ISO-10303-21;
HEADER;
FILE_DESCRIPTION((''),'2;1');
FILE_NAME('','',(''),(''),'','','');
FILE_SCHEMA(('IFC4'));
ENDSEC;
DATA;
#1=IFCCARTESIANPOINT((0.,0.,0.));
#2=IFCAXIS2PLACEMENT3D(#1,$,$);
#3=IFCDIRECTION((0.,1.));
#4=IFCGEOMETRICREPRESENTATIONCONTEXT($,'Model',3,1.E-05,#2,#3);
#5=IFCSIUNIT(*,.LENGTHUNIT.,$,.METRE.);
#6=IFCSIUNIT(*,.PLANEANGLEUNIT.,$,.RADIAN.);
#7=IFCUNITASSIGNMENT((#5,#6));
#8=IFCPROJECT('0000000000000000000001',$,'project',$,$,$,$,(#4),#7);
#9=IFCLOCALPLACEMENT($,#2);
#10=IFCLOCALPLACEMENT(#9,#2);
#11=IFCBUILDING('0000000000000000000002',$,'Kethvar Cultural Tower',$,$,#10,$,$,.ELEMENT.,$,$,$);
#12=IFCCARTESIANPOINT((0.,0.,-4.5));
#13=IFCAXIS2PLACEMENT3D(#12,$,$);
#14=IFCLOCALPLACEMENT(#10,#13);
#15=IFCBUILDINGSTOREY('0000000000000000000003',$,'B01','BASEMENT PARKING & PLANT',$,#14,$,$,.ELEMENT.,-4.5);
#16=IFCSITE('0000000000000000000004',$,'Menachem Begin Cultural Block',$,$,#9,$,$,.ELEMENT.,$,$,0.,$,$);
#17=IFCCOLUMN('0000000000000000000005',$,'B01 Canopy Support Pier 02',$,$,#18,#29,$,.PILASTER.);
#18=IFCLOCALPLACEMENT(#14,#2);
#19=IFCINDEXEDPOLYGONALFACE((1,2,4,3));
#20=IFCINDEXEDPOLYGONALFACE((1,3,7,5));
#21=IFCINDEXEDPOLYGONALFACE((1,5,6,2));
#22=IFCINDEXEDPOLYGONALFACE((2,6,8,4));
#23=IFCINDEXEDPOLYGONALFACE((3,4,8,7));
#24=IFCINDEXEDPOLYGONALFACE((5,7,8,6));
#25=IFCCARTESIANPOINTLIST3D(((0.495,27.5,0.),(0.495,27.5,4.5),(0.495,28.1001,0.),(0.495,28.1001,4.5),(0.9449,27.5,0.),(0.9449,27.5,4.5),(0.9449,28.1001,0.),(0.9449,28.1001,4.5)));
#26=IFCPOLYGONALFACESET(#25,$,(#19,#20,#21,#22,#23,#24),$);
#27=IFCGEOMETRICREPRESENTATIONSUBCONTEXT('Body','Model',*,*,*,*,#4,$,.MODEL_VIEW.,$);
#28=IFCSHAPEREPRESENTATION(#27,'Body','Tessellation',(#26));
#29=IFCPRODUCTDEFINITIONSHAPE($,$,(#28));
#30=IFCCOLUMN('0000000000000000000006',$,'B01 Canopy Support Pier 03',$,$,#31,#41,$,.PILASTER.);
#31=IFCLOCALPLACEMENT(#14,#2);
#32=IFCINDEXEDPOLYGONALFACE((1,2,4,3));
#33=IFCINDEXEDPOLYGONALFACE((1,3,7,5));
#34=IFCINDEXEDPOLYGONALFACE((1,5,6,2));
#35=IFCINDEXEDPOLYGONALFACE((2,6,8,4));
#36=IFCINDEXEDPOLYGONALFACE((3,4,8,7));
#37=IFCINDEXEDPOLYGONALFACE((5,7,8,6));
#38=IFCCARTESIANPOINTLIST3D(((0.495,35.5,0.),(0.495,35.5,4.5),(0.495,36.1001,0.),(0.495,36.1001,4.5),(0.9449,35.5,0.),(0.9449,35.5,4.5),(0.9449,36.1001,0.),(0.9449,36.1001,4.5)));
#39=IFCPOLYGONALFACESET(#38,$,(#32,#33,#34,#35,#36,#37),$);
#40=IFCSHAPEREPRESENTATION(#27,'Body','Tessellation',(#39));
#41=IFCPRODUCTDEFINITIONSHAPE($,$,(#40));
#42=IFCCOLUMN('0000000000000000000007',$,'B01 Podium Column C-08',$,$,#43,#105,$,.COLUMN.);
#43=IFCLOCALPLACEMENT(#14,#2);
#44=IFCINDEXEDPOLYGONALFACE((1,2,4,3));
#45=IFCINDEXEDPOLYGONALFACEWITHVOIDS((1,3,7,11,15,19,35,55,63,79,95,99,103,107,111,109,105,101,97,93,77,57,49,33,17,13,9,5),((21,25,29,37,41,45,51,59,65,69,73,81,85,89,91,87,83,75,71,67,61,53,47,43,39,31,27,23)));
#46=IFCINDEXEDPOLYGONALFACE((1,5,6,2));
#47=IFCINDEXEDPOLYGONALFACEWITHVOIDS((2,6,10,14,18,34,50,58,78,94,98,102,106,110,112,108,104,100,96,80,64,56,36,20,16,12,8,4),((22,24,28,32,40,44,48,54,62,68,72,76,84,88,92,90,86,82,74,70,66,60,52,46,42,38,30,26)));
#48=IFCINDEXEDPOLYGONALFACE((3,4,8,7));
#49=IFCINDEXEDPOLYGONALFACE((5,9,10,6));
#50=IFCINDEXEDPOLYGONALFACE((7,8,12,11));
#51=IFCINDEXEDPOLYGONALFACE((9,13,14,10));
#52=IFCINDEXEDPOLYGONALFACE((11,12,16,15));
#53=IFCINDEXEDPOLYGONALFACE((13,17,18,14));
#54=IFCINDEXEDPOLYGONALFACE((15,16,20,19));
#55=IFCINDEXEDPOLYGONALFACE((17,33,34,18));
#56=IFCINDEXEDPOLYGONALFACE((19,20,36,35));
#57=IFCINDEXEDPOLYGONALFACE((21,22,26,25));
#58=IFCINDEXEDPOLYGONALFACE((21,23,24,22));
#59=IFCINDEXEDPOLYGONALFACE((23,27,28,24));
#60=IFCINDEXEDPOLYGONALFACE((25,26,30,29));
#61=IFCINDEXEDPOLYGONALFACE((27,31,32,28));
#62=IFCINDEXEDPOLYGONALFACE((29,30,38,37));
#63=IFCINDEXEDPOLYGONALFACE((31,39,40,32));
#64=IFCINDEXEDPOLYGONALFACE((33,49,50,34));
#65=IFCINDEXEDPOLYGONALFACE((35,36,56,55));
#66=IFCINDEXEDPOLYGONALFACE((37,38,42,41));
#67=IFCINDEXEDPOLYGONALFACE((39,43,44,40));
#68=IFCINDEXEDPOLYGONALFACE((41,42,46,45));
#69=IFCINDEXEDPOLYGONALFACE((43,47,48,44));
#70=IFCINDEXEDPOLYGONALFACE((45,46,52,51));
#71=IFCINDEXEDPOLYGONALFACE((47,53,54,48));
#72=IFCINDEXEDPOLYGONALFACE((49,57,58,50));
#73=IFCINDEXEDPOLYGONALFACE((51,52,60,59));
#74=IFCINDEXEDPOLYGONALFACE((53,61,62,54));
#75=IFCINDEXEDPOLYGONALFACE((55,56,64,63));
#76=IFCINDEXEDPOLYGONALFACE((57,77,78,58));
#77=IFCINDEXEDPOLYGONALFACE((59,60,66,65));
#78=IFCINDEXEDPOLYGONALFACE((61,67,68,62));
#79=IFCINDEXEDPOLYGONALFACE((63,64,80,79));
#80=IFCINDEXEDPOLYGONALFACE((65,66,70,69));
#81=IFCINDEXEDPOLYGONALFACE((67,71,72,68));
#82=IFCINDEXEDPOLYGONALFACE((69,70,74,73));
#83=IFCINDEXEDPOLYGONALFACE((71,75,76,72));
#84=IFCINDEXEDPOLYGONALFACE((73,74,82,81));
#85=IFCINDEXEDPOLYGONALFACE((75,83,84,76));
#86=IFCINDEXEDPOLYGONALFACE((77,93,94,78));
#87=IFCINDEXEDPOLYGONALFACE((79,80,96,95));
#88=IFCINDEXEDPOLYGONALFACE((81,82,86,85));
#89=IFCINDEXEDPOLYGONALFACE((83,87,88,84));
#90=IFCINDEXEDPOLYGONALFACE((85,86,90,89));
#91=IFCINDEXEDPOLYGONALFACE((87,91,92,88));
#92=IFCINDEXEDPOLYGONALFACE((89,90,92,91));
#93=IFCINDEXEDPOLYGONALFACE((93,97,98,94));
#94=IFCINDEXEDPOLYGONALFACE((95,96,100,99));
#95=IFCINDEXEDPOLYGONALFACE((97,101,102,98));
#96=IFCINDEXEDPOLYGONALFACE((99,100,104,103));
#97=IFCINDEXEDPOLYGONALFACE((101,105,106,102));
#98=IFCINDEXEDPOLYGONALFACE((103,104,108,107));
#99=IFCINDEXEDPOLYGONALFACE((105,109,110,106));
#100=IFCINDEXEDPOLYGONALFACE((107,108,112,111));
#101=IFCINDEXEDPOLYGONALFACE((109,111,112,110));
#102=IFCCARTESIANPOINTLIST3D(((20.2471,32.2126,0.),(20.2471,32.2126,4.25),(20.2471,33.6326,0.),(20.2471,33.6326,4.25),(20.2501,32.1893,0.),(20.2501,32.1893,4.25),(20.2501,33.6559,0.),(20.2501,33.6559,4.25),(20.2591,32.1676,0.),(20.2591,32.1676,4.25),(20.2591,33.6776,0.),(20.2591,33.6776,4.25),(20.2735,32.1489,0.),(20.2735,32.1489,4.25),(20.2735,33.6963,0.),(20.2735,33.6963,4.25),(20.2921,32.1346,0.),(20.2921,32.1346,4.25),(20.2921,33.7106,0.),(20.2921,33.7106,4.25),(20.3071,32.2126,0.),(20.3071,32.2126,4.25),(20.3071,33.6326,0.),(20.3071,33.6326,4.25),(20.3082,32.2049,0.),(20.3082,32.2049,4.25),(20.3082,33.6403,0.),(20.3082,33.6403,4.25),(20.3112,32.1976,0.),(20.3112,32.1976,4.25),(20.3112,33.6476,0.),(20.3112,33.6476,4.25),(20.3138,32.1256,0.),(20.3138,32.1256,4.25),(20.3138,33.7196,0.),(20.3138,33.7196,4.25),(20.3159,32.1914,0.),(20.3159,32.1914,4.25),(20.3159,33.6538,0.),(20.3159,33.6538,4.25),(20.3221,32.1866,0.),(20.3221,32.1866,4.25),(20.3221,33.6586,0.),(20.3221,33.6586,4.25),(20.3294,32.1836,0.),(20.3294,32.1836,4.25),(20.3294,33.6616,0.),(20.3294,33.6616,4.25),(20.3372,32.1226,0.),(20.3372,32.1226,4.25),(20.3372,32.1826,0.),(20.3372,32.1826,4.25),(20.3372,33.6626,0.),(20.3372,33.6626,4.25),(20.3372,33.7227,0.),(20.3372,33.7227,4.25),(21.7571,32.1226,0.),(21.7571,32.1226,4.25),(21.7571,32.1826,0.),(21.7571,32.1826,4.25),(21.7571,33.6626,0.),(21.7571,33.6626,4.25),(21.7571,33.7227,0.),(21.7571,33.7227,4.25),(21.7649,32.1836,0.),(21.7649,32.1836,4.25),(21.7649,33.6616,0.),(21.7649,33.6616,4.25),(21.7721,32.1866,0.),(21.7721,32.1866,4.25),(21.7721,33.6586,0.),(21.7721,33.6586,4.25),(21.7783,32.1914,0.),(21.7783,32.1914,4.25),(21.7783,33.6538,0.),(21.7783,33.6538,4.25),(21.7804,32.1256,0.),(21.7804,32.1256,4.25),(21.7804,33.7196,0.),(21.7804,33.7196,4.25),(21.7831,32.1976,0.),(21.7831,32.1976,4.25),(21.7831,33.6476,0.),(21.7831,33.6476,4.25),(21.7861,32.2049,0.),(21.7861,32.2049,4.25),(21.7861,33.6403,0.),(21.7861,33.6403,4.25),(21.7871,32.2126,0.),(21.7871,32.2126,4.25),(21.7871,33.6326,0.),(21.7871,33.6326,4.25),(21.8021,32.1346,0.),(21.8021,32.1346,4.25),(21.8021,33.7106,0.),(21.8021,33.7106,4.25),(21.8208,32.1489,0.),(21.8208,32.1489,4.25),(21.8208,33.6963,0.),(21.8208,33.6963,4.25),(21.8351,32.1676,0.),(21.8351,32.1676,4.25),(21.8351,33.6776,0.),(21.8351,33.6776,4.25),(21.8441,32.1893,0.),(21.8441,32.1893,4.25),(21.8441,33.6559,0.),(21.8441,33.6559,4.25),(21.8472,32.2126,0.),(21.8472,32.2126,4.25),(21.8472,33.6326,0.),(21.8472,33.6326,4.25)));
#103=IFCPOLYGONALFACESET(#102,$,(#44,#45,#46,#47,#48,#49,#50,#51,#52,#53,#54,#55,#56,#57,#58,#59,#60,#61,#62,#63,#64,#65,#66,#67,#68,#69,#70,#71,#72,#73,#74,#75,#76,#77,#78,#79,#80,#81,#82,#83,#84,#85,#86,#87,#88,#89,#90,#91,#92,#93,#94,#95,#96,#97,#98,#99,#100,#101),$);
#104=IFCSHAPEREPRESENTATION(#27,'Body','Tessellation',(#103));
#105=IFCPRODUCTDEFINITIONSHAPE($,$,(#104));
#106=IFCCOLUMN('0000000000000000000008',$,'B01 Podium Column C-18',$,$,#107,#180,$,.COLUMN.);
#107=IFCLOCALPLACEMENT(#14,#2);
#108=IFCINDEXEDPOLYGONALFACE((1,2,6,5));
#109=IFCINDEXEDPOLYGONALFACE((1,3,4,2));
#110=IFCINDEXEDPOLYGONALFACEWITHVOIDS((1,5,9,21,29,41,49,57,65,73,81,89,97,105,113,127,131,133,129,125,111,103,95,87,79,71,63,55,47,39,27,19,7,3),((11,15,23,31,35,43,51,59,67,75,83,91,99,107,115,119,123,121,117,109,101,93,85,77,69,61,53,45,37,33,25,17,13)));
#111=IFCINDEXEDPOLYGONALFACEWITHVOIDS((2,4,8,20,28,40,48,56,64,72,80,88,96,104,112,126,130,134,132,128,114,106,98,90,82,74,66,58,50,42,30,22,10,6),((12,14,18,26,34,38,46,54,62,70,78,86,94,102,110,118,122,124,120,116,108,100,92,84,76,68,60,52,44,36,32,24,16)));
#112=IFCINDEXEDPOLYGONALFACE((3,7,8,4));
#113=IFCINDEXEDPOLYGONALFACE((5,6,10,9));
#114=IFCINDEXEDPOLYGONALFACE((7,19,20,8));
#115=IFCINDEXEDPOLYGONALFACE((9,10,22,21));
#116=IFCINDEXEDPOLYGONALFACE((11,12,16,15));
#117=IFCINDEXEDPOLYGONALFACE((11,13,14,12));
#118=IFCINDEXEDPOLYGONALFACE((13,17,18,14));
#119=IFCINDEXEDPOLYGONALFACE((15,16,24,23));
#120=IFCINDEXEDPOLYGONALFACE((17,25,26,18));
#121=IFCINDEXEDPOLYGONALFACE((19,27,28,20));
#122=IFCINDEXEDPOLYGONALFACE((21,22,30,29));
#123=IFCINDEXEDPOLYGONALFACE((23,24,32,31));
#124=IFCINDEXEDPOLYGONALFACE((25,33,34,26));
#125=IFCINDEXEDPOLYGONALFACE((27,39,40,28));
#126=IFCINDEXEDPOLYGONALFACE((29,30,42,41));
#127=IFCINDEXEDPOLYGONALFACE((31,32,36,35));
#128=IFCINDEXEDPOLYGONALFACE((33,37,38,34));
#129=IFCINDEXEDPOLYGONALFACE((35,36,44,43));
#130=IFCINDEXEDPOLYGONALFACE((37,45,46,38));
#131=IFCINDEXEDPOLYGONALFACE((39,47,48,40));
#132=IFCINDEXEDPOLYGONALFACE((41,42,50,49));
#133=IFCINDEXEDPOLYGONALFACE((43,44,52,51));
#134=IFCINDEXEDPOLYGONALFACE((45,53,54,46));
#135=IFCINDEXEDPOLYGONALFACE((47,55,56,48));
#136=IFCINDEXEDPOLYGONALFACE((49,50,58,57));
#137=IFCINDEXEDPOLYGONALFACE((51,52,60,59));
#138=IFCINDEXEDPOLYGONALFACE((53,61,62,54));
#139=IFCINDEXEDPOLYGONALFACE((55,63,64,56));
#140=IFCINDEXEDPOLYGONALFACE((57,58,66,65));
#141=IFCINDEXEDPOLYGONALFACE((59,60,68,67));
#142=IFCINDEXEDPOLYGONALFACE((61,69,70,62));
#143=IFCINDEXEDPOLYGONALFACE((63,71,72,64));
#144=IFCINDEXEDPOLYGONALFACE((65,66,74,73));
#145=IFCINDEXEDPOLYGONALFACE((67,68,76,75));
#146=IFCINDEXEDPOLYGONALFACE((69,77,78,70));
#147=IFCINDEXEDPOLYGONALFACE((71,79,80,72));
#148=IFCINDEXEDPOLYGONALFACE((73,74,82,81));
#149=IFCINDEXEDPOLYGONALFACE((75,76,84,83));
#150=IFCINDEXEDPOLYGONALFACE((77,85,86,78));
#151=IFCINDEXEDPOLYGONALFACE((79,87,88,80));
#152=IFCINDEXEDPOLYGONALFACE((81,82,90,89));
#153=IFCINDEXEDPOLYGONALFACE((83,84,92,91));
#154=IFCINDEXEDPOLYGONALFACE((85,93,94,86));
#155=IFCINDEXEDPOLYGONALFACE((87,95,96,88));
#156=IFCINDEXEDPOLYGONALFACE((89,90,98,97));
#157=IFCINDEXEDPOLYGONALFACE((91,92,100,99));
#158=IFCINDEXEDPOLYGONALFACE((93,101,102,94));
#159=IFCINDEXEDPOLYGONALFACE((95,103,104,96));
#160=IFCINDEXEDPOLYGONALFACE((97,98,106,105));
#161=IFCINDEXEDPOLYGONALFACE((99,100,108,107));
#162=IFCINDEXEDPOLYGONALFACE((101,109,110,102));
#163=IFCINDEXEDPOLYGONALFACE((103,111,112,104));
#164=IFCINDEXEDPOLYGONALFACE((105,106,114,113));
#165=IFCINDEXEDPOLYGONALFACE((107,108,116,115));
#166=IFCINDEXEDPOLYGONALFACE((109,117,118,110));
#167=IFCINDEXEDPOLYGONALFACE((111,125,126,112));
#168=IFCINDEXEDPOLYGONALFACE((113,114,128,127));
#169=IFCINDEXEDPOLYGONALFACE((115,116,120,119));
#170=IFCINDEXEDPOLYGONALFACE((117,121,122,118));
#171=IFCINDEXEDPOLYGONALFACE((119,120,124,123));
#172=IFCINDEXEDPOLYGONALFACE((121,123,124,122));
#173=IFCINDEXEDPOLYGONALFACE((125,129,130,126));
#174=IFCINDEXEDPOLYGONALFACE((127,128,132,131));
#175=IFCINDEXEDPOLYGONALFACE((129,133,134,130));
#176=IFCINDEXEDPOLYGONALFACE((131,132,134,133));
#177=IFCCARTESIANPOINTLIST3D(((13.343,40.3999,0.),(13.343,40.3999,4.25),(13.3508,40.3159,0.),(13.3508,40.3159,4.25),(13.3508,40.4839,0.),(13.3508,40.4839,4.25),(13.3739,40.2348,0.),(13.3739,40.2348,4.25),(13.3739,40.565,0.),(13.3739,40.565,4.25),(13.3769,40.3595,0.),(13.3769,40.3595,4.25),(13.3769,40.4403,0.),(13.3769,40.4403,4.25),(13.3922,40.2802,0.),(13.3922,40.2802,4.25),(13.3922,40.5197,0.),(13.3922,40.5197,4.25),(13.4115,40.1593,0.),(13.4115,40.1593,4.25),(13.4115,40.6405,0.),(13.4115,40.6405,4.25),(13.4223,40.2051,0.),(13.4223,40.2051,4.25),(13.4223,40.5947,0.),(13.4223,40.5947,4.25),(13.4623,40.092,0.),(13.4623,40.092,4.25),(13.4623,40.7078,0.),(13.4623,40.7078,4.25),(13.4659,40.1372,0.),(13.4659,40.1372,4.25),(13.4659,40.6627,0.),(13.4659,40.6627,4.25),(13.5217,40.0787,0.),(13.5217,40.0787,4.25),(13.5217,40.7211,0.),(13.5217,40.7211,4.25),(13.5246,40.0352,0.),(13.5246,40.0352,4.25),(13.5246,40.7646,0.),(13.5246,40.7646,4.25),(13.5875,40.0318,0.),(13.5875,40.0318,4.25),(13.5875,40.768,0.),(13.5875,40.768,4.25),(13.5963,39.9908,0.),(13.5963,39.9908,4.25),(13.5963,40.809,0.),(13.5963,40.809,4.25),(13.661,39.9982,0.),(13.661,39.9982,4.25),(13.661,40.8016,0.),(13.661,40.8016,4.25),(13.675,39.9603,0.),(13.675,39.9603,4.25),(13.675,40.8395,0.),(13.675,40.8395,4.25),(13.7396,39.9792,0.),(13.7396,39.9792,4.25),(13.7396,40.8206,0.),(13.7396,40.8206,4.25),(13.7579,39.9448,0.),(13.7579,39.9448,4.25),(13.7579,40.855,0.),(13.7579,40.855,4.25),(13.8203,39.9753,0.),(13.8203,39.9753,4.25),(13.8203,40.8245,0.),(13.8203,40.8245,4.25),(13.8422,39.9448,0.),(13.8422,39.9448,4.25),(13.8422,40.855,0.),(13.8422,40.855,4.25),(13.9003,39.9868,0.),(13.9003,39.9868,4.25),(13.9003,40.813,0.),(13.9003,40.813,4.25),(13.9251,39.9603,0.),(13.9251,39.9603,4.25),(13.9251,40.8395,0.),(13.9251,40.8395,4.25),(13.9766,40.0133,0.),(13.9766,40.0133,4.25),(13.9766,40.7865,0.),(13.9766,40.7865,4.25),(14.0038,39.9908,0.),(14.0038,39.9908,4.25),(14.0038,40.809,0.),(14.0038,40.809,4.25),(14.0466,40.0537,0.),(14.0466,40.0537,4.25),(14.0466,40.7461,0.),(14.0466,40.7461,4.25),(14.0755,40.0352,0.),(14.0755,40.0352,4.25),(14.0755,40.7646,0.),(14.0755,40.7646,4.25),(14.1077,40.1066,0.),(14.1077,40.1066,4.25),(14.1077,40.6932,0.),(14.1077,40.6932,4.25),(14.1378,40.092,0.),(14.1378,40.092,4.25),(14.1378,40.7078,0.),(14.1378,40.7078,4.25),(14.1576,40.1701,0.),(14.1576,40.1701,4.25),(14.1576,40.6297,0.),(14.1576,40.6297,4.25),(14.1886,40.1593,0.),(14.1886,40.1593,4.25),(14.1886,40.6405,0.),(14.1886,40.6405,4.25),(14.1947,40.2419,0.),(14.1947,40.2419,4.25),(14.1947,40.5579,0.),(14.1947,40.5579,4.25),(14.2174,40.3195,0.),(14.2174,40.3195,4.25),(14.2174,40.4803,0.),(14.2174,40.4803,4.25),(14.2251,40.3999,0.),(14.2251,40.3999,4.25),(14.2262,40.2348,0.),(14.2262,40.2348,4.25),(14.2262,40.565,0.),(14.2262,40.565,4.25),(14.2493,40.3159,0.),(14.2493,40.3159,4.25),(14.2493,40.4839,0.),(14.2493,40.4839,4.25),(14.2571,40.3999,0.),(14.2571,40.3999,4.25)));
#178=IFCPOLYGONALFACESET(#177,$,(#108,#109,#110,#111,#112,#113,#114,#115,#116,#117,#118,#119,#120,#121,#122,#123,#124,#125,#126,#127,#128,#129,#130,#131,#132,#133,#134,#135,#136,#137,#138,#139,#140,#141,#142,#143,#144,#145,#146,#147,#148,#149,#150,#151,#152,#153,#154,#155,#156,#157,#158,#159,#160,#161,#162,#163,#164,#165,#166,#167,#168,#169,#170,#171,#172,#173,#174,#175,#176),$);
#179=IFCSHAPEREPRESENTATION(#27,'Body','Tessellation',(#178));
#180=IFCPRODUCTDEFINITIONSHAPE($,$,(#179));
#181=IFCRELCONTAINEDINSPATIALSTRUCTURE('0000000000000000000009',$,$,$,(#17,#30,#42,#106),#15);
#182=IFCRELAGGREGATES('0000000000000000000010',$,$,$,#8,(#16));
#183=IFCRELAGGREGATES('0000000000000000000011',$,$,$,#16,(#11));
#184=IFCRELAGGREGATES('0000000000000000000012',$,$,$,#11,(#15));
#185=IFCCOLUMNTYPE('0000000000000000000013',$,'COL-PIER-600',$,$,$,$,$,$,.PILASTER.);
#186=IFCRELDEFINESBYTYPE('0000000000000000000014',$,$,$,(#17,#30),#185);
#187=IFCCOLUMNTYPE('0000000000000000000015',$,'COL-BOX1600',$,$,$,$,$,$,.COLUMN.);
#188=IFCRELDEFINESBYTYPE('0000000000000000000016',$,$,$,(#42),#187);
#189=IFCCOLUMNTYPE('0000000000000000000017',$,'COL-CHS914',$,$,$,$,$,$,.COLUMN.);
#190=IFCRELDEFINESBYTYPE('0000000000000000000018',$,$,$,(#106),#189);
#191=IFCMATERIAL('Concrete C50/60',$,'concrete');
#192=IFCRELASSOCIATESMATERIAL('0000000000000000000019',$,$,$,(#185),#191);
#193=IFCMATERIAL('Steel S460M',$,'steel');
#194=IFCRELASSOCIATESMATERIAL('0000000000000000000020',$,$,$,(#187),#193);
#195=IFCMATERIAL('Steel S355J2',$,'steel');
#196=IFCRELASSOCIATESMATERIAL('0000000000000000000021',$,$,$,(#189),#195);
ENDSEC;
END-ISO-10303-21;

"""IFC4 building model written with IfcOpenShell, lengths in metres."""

from ifc_helpers import new_model, si_unit, direction, frame, origin, origin_2d, place, context, subcontext, project, spatial, rectangle, hollow_rectangle, hollow_circle, extrude, source, transform, mapped, material, material_profile, profile_set, type_object, element, save


model = new_model("IFC4")

# Units and contexts
model_context = context("Model", 3, precision=1e-05, world=origin(), true_north=direction((0.0, 1.0)))
body_context = subcontext(model_context, "Body", "Model", "MODEL_VIEW")
ifc_project = project(units=[si_unit("LENGTHUNIT", "METRE"), si_unit("PLANEANGLEUNIT", "RADIAN")], contexts=[model_context])

# Site, building, storey
site_placement = place(None, origin())
site = spatial("IfcSite", under=ifc_project, at=site_placement, Name="Menachem Begin Cultural Block", CompositionType="ELEMENT", RefElevation=0.0)
building_placement = place(site_placement, origin())
building = spatial("IfcBuilding", under=site, at=building_placement, Name="Kethvar Cultural Tower", CompositionType="ELEMENT")
storey_placement = place(building_placement, frame((0.0, 0.0, -4.5)))
storey = spatial("IfcBuildingStorey", under=building, at=storey_placement, Name="B01", Description="BASEMENT PARKING & PLANT", CompositionType="ELEMENT", Elevation=-4.5)

# Columns
ifc_material_1 = material(Name="Concrete C50/60", Category="concrete")
ifc_material_profile_1 = material_profile(ifc_material_1, rectangle(XDim=0.45, YDim=0.6001, at=origin_2d()), Name="Concrete C50/60 — RC600x450")
ifc_profile_set_1 = profile_set([ifc_material_profile_1], Name="Concrete C50/60 — RC600x450")
column_type_1 = type_object("IfcColumnType", Name="COL-PIER-600", PredefinedType="PILASTER", material=ifc_profile_set_1)
shared_shape_1 = source(origin(), body_context, "Body", "SweptSolid", [
    extrude(rectangle(XDim=0.45, YDim=0.6001, at=origin_2d()), origin(), (0.0, 0.0, 1.0), 4.5),
])
for number, where, z_axis, x_axis, name in (
    (1, (0.72, 27.8, 0.0), (0.0, 0.0, 1.0), (1.0, 0.0, 0.0), "B01 Canopy Support Pier 02"),
    (2, (0.72, 35.8, 0.0), (0.0, 0.0, 1.0), (1.0, 0.0, 0.0), "B01 Canopy Support Pier 03"),
):
    element("IfcColumn", number, at=place(storey_placement, frame(where, z_axis=z_axis, x_axis=x_axis)), inside=storey, type_object=column_type_1, Name=name, PredefinedType="PILASTER", context=body_context, shape_type="MappedRepresentation", body=[
        mapped(shared_shape_1, transform((0.0, 0.0, 0.0), scale=1.0)),
    ])
ifc_material_2 = material(Name="Steel S460M", Category="steel")
ifc_material_profile_2 = material_profile(ifc_material_2, hollow_rectangle(XDim=1.6001, YDim=1.6001, WallThickness=0.0601, InnerFilletRadius=0.03, OuterFilletRadius=0.0901, at=origin_2d()), Name="Steel S460M — BOX1600x1600x60")
ifc_profile_set_2 = profile_set([ifc_material_profile_2], Name="Steel S460M — BOX1600x1600x60")
column_type_2 = type_object("IfcColumnType", Name="COL-BOX1600", PredefinedType="COLUMN", material=ifc_profile_set_2)
shared_shape_2 = source(origin(), body_context, "Body", "SweptSolid", [
    extrude(hollow_rectangle(XDim=1.6001, YDim=1.6001, WallThickness=0.0601, InnerFilletRadius=0.03, OuterFilletRadius=0.0901, at=origin_2d()), origin(), (0.0, 0.0, 1.0), 4.25),
])
column_1_placement = place(storey_placement, frame((21.0471, 32.9226, 0.0), z_axis=(0.0, 0.0, 1.0), x_axis=(1.0, 0.0, 0.0)))
element("IfcColumn", 3, at=column_1_placement, inside=storey, type_object=column_type_2, Name="B01 Podium Column C-08", PredefinedType="COLUMN", context=body_context, shape_type="MappedRepresentation", body=[
    mapped(shared_shape_2, transform((0.0, 0.0, 0.0), scale=1.0)),
])
ifc_material_3 = material(Name="Steel S355J2", Category="steel")
ifc_material_profile_3 = material_profile(ifc_material_3, hollow_circle(Radius=0.457, WallThickness=0.032, at=origin_2d()), Name="Steel S355J2 — CHS914x32")
ifc_profile_set_3 = profile_set([ifc_material_profile_3], Name="Steel S355J2 — CHS914x32")
column_type_3 = type_object("IfcColumnType", Name="COL-CHS914", PredefinedType="COLUMN", material=ifc_profile_set_3)
shared_shape_3 = source(origin(), body_context, "Body", "SweptSolid", [
    extrude(hollow_circle(Radius=0.457, WallThickness=0.032, at=origin_2d()), origin(), (0.0, 0.0, 1.0), 4.25),
])
column_2_placement = place(storey_placement, frame((13.8, 40.3999, 0.0), z_axis=(0.0, 0.0, 1.0), x_axis=(1.0, 0.0, 0.0)))
element("IfcColumn", 4, at=column_2_placement, inside=storey, type_object=column_type_3, Name="B01 Podium Column C-18", PredefinedType="COLUMN", context=body_context, shape_type="MappedRepresentation", body=[
    mapped(shared_shape_3, transform((0.0, 0.0, 0.0), scale=1.0)),
])

save(model, "model.ifc")
